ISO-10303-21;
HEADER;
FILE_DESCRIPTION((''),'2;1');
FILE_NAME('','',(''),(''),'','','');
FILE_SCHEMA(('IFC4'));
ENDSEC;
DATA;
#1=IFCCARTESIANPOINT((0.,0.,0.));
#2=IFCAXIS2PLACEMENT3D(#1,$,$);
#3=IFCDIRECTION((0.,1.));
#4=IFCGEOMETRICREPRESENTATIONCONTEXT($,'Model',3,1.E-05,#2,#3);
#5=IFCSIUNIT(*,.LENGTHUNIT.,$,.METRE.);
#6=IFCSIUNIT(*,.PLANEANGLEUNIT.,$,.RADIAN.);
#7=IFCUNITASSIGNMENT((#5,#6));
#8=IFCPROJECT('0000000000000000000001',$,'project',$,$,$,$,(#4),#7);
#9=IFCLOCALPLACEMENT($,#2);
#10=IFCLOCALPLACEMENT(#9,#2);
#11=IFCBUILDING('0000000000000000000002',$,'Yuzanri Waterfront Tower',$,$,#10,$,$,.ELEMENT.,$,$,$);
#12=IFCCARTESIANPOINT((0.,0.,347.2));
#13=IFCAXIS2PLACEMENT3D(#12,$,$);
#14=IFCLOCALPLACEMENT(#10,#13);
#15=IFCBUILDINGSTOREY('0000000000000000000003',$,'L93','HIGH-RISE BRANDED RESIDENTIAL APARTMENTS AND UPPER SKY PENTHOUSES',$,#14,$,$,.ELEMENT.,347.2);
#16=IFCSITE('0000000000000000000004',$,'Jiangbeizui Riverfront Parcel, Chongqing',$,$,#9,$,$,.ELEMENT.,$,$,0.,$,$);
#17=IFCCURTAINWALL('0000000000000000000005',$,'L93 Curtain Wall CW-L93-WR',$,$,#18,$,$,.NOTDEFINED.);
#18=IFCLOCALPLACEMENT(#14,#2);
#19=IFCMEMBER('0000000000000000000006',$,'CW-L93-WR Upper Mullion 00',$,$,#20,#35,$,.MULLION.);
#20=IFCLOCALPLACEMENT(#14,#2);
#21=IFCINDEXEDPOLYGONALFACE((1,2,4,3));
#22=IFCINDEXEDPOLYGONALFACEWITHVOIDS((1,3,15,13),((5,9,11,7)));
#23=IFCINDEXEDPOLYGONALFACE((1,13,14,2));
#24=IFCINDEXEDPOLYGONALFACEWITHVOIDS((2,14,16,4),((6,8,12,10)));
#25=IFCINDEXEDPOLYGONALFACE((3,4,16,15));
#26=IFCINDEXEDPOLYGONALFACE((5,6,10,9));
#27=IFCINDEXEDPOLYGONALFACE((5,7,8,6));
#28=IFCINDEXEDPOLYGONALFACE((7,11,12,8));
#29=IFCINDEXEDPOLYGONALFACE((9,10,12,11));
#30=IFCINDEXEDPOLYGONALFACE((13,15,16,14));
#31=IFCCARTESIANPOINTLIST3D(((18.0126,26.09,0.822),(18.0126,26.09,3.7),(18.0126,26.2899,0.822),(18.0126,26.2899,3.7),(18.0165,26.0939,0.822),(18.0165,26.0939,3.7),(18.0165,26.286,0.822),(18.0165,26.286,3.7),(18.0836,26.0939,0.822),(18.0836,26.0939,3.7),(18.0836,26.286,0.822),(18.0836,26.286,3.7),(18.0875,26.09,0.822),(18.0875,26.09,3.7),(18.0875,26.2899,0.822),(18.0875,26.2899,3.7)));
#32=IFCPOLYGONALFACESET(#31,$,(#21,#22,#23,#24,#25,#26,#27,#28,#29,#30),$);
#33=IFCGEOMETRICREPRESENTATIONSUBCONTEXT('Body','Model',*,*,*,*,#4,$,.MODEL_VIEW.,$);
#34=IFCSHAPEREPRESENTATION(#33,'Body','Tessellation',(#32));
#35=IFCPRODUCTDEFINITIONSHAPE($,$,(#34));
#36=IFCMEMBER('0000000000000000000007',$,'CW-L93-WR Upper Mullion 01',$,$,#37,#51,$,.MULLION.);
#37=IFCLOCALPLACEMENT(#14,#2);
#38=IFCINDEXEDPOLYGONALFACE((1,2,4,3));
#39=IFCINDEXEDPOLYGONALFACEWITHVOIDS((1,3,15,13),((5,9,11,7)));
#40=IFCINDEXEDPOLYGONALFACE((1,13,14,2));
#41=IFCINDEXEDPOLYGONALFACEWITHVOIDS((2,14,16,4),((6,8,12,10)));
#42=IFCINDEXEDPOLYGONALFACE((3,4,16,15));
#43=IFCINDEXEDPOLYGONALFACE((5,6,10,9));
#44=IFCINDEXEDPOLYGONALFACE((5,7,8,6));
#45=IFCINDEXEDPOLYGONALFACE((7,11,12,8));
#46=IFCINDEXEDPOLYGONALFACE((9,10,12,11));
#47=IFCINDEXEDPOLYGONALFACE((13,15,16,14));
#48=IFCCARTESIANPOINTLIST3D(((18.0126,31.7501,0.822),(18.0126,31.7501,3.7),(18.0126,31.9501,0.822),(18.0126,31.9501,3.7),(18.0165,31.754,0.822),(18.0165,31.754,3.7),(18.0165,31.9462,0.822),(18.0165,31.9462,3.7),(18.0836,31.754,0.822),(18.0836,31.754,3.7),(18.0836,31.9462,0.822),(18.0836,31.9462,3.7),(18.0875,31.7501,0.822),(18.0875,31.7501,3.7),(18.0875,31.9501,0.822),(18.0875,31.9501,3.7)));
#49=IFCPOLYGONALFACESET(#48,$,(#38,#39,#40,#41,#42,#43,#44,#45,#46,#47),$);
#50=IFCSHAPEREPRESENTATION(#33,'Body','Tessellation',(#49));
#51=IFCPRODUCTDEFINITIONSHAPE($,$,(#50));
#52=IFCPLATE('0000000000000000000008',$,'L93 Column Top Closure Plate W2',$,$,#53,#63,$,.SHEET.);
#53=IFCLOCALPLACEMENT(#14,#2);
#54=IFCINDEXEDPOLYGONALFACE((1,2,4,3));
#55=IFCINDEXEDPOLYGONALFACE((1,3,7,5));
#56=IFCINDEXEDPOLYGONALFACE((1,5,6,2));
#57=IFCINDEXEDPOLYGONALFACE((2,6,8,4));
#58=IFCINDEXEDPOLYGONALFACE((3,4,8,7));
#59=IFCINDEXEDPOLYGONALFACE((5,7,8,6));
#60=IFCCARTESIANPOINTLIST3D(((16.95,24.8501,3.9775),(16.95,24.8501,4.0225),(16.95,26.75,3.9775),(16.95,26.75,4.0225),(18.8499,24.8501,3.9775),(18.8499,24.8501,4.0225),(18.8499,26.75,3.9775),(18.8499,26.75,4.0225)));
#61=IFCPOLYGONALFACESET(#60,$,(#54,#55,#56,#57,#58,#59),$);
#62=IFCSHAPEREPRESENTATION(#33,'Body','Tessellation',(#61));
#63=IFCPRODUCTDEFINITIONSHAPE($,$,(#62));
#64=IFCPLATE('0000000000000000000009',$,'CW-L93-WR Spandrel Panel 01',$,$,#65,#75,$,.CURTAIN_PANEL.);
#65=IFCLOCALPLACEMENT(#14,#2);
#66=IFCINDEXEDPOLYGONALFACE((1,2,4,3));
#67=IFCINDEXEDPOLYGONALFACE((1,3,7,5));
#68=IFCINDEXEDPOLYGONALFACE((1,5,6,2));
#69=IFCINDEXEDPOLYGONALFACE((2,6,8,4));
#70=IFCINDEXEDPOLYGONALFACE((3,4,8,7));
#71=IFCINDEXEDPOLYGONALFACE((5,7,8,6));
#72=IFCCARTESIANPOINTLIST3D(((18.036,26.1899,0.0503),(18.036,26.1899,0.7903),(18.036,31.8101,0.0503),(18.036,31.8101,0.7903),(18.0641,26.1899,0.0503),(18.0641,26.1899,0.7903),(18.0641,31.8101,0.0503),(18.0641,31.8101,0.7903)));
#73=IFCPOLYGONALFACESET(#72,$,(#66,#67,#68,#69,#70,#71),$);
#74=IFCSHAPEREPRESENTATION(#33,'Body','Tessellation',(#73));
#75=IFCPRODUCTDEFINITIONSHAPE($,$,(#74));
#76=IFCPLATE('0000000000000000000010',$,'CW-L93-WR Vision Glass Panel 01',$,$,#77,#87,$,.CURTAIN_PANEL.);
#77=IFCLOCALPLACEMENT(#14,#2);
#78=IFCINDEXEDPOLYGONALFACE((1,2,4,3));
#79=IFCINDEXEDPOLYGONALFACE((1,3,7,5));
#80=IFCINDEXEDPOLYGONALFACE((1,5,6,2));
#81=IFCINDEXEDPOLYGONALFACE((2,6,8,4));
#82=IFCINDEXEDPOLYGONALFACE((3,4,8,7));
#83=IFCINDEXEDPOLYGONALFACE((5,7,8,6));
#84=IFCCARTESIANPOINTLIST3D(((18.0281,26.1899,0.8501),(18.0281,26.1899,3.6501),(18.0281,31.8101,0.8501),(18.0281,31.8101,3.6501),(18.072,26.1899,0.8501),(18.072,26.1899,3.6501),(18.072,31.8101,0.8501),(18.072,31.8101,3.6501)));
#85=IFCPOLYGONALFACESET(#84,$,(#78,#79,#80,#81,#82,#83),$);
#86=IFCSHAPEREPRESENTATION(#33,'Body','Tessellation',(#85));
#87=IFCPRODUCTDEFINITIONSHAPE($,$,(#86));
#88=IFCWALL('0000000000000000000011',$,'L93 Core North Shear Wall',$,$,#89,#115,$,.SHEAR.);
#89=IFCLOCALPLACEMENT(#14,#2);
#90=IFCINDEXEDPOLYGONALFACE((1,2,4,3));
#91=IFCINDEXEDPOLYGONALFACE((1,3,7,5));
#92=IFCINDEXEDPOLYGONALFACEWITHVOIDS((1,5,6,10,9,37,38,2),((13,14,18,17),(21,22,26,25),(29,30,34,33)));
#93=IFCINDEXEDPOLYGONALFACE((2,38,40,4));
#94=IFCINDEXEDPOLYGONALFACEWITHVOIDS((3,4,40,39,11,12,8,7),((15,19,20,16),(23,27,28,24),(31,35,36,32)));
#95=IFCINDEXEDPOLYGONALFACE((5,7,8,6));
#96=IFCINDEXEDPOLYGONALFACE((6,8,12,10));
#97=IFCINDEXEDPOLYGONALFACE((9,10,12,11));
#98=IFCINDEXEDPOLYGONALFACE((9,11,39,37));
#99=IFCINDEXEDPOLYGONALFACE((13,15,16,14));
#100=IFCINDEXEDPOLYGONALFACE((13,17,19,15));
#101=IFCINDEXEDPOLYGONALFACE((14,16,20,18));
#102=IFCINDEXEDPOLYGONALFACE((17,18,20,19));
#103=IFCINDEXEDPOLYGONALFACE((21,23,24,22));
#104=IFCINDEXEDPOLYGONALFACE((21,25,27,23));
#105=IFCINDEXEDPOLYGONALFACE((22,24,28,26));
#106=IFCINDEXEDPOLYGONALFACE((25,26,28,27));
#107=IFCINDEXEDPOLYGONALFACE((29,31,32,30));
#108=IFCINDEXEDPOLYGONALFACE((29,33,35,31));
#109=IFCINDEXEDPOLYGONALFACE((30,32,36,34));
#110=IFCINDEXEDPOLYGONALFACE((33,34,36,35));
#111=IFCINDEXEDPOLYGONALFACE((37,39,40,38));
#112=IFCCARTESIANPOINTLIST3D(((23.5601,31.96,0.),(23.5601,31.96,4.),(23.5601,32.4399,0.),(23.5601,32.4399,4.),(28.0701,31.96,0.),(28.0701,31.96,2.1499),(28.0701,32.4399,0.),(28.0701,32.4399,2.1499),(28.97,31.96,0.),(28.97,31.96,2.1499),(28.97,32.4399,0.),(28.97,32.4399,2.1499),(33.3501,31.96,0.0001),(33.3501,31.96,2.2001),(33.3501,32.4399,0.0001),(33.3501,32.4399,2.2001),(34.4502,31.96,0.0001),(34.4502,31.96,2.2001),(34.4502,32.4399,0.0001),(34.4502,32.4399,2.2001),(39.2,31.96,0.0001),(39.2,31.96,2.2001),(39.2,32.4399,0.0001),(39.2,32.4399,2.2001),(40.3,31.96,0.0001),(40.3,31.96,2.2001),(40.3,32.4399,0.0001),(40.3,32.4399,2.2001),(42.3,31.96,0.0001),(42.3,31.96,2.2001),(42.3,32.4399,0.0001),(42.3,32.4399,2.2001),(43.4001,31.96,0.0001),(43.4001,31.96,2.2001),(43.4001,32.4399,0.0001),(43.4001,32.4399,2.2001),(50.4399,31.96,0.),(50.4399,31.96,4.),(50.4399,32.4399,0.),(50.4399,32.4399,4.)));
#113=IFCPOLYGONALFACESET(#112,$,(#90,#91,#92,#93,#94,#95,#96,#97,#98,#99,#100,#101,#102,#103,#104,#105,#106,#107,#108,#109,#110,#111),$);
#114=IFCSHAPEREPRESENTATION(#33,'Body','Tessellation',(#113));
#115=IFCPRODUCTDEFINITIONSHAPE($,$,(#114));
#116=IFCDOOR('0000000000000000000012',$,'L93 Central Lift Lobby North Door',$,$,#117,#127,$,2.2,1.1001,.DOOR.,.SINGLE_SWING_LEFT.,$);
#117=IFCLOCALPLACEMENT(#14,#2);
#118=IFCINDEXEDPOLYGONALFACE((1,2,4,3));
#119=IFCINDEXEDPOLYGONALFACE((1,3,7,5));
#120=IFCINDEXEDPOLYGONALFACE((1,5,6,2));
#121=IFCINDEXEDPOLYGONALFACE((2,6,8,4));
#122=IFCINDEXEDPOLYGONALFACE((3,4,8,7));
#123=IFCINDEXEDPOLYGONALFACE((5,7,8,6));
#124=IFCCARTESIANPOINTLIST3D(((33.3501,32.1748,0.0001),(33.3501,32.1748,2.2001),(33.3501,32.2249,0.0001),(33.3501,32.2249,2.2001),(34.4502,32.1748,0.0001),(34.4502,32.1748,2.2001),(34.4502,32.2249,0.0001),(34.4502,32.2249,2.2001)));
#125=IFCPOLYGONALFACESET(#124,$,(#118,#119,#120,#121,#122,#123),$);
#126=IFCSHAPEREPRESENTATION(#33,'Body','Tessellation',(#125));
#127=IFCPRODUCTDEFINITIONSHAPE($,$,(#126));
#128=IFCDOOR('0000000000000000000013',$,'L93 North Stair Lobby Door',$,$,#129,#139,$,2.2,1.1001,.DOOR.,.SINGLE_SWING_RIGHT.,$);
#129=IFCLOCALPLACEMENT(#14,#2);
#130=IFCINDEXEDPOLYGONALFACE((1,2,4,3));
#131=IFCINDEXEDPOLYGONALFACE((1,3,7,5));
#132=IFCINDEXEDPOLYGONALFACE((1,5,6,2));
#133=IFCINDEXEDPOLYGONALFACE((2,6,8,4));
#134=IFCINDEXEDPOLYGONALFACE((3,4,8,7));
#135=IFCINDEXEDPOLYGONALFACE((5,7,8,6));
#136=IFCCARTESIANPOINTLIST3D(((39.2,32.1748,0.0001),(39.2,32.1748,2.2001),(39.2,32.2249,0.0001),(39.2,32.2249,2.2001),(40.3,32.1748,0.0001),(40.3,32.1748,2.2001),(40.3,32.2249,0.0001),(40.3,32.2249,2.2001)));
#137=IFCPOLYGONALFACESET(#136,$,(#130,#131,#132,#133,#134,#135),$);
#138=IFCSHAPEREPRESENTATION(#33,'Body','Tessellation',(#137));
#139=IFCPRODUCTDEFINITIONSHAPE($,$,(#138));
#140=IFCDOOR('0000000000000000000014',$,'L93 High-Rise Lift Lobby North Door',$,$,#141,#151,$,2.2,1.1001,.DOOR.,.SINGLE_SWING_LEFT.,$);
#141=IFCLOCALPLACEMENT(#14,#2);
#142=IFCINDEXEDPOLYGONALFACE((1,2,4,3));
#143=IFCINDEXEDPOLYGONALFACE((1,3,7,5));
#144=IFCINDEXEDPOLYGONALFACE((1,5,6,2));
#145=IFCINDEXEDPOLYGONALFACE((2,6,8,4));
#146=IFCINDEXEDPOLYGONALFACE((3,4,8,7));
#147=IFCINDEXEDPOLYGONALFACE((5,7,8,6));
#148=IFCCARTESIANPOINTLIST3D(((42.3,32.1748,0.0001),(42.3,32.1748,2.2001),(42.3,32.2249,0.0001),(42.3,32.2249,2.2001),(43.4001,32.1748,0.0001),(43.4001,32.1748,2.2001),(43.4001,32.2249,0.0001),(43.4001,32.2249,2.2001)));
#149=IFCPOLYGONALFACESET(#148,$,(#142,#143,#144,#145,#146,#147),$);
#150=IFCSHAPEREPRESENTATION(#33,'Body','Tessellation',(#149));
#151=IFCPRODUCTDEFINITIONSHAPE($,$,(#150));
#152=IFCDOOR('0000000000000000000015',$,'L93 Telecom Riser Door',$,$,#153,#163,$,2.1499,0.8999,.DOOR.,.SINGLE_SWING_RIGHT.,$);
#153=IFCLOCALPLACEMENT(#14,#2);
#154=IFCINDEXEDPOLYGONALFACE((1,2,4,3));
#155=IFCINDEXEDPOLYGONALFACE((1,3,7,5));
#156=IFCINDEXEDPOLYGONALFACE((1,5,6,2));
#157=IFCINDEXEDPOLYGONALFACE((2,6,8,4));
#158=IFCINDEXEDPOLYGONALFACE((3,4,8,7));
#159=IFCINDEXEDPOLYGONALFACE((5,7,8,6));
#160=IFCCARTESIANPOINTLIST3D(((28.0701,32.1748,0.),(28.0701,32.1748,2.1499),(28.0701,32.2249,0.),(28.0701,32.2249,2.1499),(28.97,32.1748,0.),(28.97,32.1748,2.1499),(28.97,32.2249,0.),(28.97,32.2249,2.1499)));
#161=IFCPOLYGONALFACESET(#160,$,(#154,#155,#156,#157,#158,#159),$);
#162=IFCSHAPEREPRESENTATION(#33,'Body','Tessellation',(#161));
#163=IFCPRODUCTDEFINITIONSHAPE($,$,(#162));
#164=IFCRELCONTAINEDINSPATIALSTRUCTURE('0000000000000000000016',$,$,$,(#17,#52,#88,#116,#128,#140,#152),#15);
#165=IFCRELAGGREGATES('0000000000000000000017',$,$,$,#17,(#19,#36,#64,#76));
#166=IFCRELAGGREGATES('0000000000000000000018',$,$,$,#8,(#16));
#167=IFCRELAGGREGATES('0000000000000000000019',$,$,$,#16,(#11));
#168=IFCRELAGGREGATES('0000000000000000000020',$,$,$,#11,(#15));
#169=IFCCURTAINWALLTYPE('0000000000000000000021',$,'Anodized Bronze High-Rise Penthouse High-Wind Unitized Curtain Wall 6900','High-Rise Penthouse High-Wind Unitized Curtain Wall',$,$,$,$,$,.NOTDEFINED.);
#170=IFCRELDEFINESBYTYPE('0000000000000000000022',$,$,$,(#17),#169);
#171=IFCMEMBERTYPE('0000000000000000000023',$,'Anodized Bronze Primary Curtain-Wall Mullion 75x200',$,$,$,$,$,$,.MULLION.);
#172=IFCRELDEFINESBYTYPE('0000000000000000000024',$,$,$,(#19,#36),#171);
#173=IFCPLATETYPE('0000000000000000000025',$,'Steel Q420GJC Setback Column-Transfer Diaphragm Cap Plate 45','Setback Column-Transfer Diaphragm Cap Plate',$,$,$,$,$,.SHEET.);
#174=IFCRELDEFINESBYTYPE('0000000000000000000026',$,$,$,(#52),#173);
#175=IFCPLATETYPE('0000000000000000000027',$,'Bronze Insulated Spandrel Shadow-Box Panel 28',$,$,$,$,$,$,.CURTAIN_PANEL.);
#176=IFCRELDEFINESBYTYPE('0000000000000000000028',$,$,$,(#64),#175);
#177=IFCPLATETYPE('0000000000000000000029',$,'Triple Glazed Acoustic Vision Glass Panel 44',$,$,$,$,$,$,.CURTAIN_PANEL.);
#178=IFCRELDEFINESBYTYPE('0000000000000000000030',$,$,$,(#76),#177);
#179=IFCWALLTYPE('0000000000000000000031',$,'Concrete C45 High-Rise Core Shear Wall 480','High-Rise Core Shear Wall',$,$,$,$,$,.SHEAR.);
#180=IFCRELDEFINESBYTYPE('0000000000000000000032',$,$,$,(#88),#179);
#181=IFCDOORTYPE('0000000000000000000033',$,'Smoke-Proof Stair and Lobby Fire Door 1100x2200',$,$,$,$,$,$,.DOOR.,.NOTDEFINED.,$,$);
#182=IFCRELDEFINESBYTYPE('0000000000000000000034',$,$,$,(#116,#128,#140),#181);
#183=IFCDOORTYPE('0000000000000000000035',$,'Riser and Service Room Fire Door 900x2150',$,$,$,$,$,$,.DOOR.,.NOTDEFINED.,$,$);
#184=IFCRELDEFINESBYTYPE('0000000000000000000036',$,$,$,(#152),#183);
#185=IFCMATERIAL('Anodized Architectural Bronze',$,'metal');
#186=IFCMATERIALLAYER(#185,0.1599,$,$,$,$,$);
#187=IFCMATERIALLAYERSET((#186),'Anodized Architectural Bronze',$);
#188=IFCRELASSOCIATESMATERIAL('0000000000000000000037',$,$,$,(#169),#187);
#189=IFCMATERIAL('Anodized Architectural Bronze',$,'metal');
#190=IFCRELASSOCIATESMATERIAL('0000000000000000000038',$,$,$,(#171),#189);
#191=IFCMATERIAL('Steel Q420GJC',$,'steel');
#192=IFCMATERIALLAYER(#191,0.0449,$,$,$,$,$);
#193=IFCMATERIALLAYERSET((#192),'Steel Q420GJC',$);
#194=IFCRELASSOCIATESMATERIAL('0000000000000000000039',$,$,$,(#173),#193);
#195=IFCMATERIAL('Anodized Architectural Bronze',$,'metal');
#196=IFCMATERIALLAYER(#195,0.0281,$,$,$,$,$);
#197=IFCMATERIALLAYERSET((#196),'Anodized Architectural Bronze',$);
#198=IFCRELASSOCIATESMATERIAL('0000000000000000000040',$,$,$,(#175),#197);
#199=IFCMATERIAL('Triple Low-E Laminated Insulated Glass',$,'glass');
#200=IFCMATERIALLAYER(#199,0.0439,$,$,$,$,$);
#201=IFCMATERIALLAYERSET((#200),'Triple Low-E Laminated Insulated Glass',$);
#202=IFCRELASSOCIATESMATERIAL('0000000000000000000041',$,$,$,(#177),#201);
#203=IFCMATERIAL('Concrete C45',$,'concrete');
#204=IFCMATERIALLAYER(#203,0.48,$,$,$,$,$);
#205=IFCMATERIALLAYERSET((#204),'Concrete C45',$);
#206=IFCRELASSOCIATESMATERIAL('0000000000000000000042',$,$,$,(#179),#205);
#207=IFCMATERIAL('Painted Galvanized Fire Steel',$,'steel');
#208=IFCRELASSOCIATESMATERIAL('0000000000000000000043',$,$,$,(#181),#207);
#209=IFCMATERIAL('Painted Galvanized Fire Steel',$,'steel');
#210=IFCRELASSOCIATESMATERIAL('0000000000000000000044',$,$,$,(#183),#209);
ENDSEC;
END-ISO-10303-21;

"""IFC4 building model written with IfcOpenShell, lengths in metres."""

from ifc_helpers import new_model, si_unit, direction, frame, frame_2d, origin, origin_2d, place, context, subcontext, project, spatial, rectangle, hollow_rectangle, extrude, source, transform, mapped, material, layer, layer_set, material_profile, profile_set, type_object, element, fill, aggregate, save


model = new_model("IFC4")

# Units and contexts
model_context = context("Model", 3, precision=1e-05, world=origin(), true_north=direction((0.0, 1.0)))
body_context = subcontext(model_context, "Body", "Model", "MODEL_VIEW")
ifc_project = project(units=[si_unit("LENGTHUNIT", "METRE"), si_unit("PLANEANGLEUNIT", "RADIAN")], contexts=[model_context])

# Site, building, storey
site_placement = place(None, origin())
site = spatial("IfcSite", under=ifc_project, at=site_placement, Name="Jiangbeizui Riverfront Parcel, Chongqing", CompositionType="ELEMENT", RefElevation=0.0)
building_placement = place(site_placement, origin())
building = spatial("IfcBuilding", under=site, at=building_placement, Name="Yuzanri Waterfront Tower", CompositionType="ELEMENT")
storey_placement = place(building_placement, frame((0.0, 0.0, 347.2)))
storey = spatial("IfcBuildingStorey", under=building, at=storey_placement, Name="L93", Description="HIGH-RISE BRANDED RESIDENTIAL APARTMENTS AND UPPER SKY PENTHOUSES", CompositionType="ELEMENT", Elevation=347.2)

# Curtain wall, members
ifc_material_1 = material(Name="Anodized Architectural Bronze", Category="metal")
ifc_layer_1 = layer(ifc_material_1, 0.1599)
ifc_layer_set_1 = layer_set([ifc_layer_1], Name="Anodized Architectural Bronze")
curtain_wall_type = type_object("IfcCurtainWallType", Name="Anodized Bronze High-Rise Penthouse High-Wind Unitized Curtain Wall 6900", Description="High-Rise Penthouse High-Wind Unitized Curtain Wall", PredefinedType="NOTDEFINED", material=ifc_layer_set_1)
curtain_wall_placement = place(storey_placement, origin())
curtain_wall = element("IfcCurtainWall", 1, at=curtain_wall_placement, inside=storey, type_object=curtain_wall_type, Name="L93 Curtain Wall CW-L93-WR", PredefinedType="NOTDEFINED")
ifc_material_2 = material(Name="Anodized Architectural Bronze", Category="metal")
ifc_material_profile_1 = material_profile(ifc_material_2, hollow_rectangle(XDim=0.075, YDim=0.2, WallThickness=0.0039, at=origin_2d()), Name="CWM 75x200")
ifc_profile_set_1 = profile_set([ifc_material_profile_1], Name="Anodized Architectural Bronze")
member_type_1 = type_object("IfcMemberType", Name="Anodized Bronze Primary Curtain-Wall Mullion 75x200", PredefinedType="MULLION", material=ifc_profile_set_1)
shared_shape_1 = source(origin(), body_context, "Body", "SweptSolid", [
    extrude(hollow_rectangle(XDim=0.075, YDim=0.2, WallThickness=0.0039, at=origin_2d()), origin(), (0.0, 0.0, 1.0), 2.8779),
])
member_1_placement = place(storey_placement, frame((18.05, 26.1899, 0.822), z_axis=(0.0, 0.0, 1.0), x_axis=(1.0, 0.0, 0.0)))
member_1 = element("IfcMember", 2, at=member_1_placement, type_object=member_type_1, Name="CW-L93-WR Upper Mullion 00", PredefinedType="MULLION", context=body_context, shape_type="MappedRepresentation", body=[
    mapped(shared_shape_1, transform((0.0, 0.0, 0.0), scale=1.0)),
])
member_2_placement = place(storey_placement, frame((18.05, 31.8501, 0.822), z_axis=(0.0, 0.0, 1.0), x_axis=(1.0, 0.0, 0.0)))
member_2 = element("IfcMember", 3, at=member_2_placement, type_object=member_type_1, Name="CW-L93-WR Upper Mullion 01", PredefinedType="MULLION", context=body_context, shape_type="MappedRepresentation", body=[
    mapped(shared_shape_1, transform((0.0, 0.0, 0.0), scale=1.0)),
])

# Plates
ifc_material_3 = material(Name="Steel Q420GJC", Category="steel")
ifc_layer_2 = layer(ifc_material_3, 0.0449)
ifc_layer_set_2 = layer_set([ifc_layer_2], Name="Steel Q420GJC")
plate_type_1 = type_object("IfcPlateType", Name="Steel Q420GJC Setback Column-Transfer Diaphragm Cap Plate 45", Description="Setback Column-Transfer Diaphragm Cap Plate", PredefinedType="SHEET", material=ifc_layer_set_2)
shared_shape_2 = source(origin(), body_context, "Body", "SweptSolid", [
    extrude(rectangle(XDim=1.8999, YDim=1.8999, at=origin_2d()), origin(), (0.0, 0.0, 1.0), 0.0449),
])
plate_1_placement = place(storey_placement, frame((17.8999, 25.8, 3.9775), z_axis=(0.0, 0.0, 1.0), x_axis=(1.0, 0.0, 0.0)))
element("IfcPlate", 4, at=plate_1_placement, inside=storey, type_object=plate_type_1, Name="L93 Column Top Closure Plate W2", PredefinedType="SHEET", context=body_context, shape_type="MappedRepresentation", body=[
    mapped(shared_shape_2, transform((0.0, 0.0, 0.0), scale=1.0)),
])
ifc_material_4 = material(Name="Anodized Architectural Bronze", Category="metal")
ifc_layer_3 = layer(ifc_material_4, 0.0281)
ifc_layer_set_3 = layer_set([ifc_layer_3], Name="Anodized Architectural Bronze")
plate_type_2 = type_object("IfcPlateType", Name="Bronze Insulated Spandrel Shadow-Box Panel 28", PredefinedType="CURTAIN_PANEL", material=ifc_layer_set_3)
shared_shape_3 = source(origin(), body_context, "Body", "SweptSolid", [
    extrude(rectangle(XDim=5.6201, YDim=0.0281, at=origin_2d()), origin(), (0.0, 0.0, 1.0), 0.74),
])
plate_2_placement = place(storey_placement, frame((18.05, 29.0, 0.0503), z_axis=(0.0, 0.0, 1.0), x_axis=(0.0, 1.0, 0.0)))
plate_2 = element("IfcPlate", 5, at=plate_2_placement, type_object=plate_type_2, Name="CW-L93-WR Spandrel Panel 01", PredefinedType="CURTAIN_PANEL", context=body_context, shape_type="MappedRepresentation", body=[
    mapped(shared_shape_3, transform((0.0, 0.0, 0.0), scale=1.0)),
])
ifc_material_5 = material(Name="Triple Low-E Laminated Insulated Glass", Category="glass")
ifc_layer_4 = layer(ifc_material_5, 0.0439)
ifc_layer_set_4 = layer_set([ifc_layer_4], Name="Triple Low-E Laminated Insulated Glass")
plate_type_3 = type_object("IfcPlateType", Name="Triple Glazed Acoustic Vision Glass Panel 44", PredefinedType="CURTAIN_PANEL", material=ifc_layer_set_4)
shared_shape_4 = source(origin(), body_context, "Body", "SweptSolid", [
    extrude(rectangle(XDim=5.6201, YDim=0.0439, at=origin_2d()), origin(), (0.0, 0.0, 1.0), 2.8),
])
plate_3_placement = place(storey_placement, frame((18.05, 29.0, 0.8501), z_axis=(0.0, 0.0, 1.0), x_axis=(0.0, 1.0, 0.0)))
plate_3 = element("IfcPlate", 6, at=plate_3_placement, type_object=plate_type_3, Name="CW-L93-WR Vision Glass Panel 01", PredefinedType="CURTAIN_PANEL", context=body_context, shape_type="MappedRepresentation", body=[
    mapped(shared_shape_4, transform((0.0, 0.0, 0.0), scale=1.0)),
])
aggregate(curtain_wall, [member_1, member_2, plate_2, plate_3])

# Wall, openings, doors
ifc_material_6 = material(Name="Concrete C45", Category="concrete")
ifc_layer_5 = layer(ifc_material_6, 0.48)
ifc_layer_set_5 = layer_set([ifc_layer_5], Name="Concrete C45")
wall_type_1 = type_object("IfcWallType", Name="Concrete C45 High-Rise Core Shear Wall 480", Description="High-Rise Core Shear Wall", PredefinedType="SHEAR", material=ifc_layer_set_5)
wall_1_placement = place(storey_placement, frame((23.5601, 32.2, 0.0), z_axis=(0.0, 0.0, 1.0), x_axis=(1.0, 0.0, 0.0)))
wall_1 = element("IfcWall", 7, at=wall_1_placement, inside=storey, type_object=wall_type_1, Name="L93 Core North Shear Wall", PredefinedType="SHEAR", context=body_context, shape_type="SweptSolid", body=[
    extrude(rectangle(XDim=26.8799, YDim=0.48, at=frame_2d((13.4399, 0.0))), origin(), (0.0, 0.0, 1.0), 4.0),
])
opening_1_placement = place(wall_1_placement, frame((4.51, 0.0, 0.0)))
opening_1 = element("IfcOpeningElement", 8, at=opening_1_placement, cuts=wall_1, PredefinedType="OPENING", context=body_context, shape_type="SweptSolid", body=[
    extrude(rectangle(XDim=0.8999, YDim=2.1499, at=frame_2d((0.45, 1.075))), frame((0.0, 0.2549, 0.0), z_axis=(0.0, -1.0, 0.0), x_axis=(1.0, 0.0, 0.0)), (0.0, 0.0, 1.0), 0.5098),
])
opening_2_placement = place(wall_1_placement, frame((9.79, 0.0, 0.0)))
opening_2 = element("IfcOpeningElement", 9, at=opening_2_placement, cuts=wall_1, PredefinedType="OPENING", context=body_context, shape_type="SweptSolid", body=[
    extrude(rectangle(XDim=1.1001, YDim=2.2, at=frame_2d((0.55, 1.1001))), frame((0.0, 0.2549, 0.0), z_axis=(0.0, -1.0, 0.0), x_axis=(1.0, 0.0, 0.0)), (0.0, 0.0, 1.0), 0.5098),
])
opening_3_placement = place(wall_1_placement, frame((15.6399, 0.0, 0.0)))
opening_3 = element("IfcOpeningElement", 10, at=opening_3_placement, cuts=wall_1, PredefinedType="OPENING", context=body_context, shape_type="SweptSolid", body=[
    extrude(rectangle(XDim=1.1001, YDim=2.2, at=frame_2d((0.55, 1.1001))), frame((0.0, 0.2549, 0.0), z_axis=(0.0, -1.0, 0.0), x_axis=(1.0, 0.0, 0.0)), (0.0, 0.0, 1.0), 0.5098),
])
opening_4_placement = place(wall_1_placement, frame((18.74, 0.0, 0.0)))
opening_4 = element("IfcOpeningElement", 11, at=opening_4_placement, cuts=wall_1, PredefinedType="OPENING", context=body_context, shape_type="SweptSolid", body=[
    extrude(rectangle(XDim=1.1001, YDim=2.2, at=frame_2d((0.55, 1.1001))), frame((0.0, 0.2549, 0.0), z_axis=(0.0, -1.0, 0.0), x_axis=(1.0, 0.0, 0.0)), (0.0, 0.0, 1.0), 0.5098),
])
ifc_material_7 = material(Name="Painted Galvanized Fire Steel", Category="steel")
door_type_1 = type_object("IfcDoorType", Name="Smoke-Proof Stair and Lobby Fire Door 1100x2200", OperationType="NOTDEFINED", PredefinedType="DOOR", material=ifc_material_7)
shared_shape_5 = source(origin(), body_context, "Body", "SweptSolid", [
    extrude(rectangle(XDim=1.1001, YDim=2.2, at=frame_2d((0.55, 1.1001))), frame((0.0, 0.0249, 0.0), z_axis=(0.0, -1.0, 0.0), x_axis=(1.0, 0.0, 0.0)), (0.0, 0.0, 1.0), 0.05),
])
door_1_placement = place(opening_2_placement, origin())
door_1 = element("IfcDoor", 12, at=door_1_placement, inside=storey, type_object=door_type_1, Name="L93 Central Lift Lobby North Door", OperationType="SINGLE_SWING_LEFT", OverallHeight=2.2, OverallWidth=1.1001, PredefinedType="DOOR", context=body_context, shape_type="MappedRepresentation", body=[
    mapped(shared_shape_5, transform((0.0, 0.0, 0.0), scale=1.0)),
])
fill(opening_2, door_1)
door_2_placement = place(opening_3_placement, origin())
door_2 = element("IfcDoor", 13, at=door_2_placement, inside=storey, type_object=door_type_1, Name="L93 North Stair Lobby Door", OperationType="SINGLE_SWING_RIGHT", OverallHeight=2.2, OverallWidth=1.1001, PredefinedType="DOOR", context=body_context, shape_type="MappedRepresentation", body=[
    mapped(shared_shape_5, transform((0.0, 0.0, 0.0), scale=1.0)),
])
fill(opening_3, door_2)
door_3_placement = place(opening_4_placement, origin())
door_3 = element("IfcDoor", 14, at=door_3_placement, inside=storey, type_object=door_type_1, Name="L93 High-Rise Lift Lobby North Door", OperationType="SINGLE_SWING_LEFT", OverallHeight=2.2, OverallWidth=1.1001, PredefinedType="DOOR", context=body_context, shape_type="MappedRepresentation", body=[
    mapped(shared_shape_5, transform((0.0, 0.0, 0.0), scale=1.0)),
])
fill(opening_4, door_3)
ifc_material_8 = material(Name="Painted Galvanized Fire Steel", Category="steel")
door_type_2 = type_object("IfcDoorType", Name="Riser and Service Room Fire Door 900x2150", OperationType="NOTDEFINED", PredefinedType="DOOR", material=ifc_material_8)
shared_shape_6 = source(origin(), body_context, "Body", "SweptSolid", [
    extrude(rectangle(XDim=0.8999, YDim=2.1499, at=frame_2d((0.45, 1.075))), frame((0.0, 0.0249, 0.0), z_axis=(0.0, -1.0, 0.0), x_axis=(1.0, 0.0, 0.0)), (0.0, 0.0, 1.0), 0.05),
])
door_4_placement = place(opening_1_placement, origin())
door_4 = element("IfcDoor", 15, at=door_4_placement, inside=storey, type_object=door_type_2, Name="L93 Telecom Riser Door", OperationType="SINGLE_SWING_RIGHT", OverallHeight=2.1499, OverallWidth=0.8999, PredefinedType="DOOR", context=body_context, shape_type="MappedRepresentation", body=[
    mapped(shared_shape_6, transform((0.0, 0.0, 0.0), scale=1.0)),
])
fill(opening_1, door_4)

save(model, "model.ifc")
